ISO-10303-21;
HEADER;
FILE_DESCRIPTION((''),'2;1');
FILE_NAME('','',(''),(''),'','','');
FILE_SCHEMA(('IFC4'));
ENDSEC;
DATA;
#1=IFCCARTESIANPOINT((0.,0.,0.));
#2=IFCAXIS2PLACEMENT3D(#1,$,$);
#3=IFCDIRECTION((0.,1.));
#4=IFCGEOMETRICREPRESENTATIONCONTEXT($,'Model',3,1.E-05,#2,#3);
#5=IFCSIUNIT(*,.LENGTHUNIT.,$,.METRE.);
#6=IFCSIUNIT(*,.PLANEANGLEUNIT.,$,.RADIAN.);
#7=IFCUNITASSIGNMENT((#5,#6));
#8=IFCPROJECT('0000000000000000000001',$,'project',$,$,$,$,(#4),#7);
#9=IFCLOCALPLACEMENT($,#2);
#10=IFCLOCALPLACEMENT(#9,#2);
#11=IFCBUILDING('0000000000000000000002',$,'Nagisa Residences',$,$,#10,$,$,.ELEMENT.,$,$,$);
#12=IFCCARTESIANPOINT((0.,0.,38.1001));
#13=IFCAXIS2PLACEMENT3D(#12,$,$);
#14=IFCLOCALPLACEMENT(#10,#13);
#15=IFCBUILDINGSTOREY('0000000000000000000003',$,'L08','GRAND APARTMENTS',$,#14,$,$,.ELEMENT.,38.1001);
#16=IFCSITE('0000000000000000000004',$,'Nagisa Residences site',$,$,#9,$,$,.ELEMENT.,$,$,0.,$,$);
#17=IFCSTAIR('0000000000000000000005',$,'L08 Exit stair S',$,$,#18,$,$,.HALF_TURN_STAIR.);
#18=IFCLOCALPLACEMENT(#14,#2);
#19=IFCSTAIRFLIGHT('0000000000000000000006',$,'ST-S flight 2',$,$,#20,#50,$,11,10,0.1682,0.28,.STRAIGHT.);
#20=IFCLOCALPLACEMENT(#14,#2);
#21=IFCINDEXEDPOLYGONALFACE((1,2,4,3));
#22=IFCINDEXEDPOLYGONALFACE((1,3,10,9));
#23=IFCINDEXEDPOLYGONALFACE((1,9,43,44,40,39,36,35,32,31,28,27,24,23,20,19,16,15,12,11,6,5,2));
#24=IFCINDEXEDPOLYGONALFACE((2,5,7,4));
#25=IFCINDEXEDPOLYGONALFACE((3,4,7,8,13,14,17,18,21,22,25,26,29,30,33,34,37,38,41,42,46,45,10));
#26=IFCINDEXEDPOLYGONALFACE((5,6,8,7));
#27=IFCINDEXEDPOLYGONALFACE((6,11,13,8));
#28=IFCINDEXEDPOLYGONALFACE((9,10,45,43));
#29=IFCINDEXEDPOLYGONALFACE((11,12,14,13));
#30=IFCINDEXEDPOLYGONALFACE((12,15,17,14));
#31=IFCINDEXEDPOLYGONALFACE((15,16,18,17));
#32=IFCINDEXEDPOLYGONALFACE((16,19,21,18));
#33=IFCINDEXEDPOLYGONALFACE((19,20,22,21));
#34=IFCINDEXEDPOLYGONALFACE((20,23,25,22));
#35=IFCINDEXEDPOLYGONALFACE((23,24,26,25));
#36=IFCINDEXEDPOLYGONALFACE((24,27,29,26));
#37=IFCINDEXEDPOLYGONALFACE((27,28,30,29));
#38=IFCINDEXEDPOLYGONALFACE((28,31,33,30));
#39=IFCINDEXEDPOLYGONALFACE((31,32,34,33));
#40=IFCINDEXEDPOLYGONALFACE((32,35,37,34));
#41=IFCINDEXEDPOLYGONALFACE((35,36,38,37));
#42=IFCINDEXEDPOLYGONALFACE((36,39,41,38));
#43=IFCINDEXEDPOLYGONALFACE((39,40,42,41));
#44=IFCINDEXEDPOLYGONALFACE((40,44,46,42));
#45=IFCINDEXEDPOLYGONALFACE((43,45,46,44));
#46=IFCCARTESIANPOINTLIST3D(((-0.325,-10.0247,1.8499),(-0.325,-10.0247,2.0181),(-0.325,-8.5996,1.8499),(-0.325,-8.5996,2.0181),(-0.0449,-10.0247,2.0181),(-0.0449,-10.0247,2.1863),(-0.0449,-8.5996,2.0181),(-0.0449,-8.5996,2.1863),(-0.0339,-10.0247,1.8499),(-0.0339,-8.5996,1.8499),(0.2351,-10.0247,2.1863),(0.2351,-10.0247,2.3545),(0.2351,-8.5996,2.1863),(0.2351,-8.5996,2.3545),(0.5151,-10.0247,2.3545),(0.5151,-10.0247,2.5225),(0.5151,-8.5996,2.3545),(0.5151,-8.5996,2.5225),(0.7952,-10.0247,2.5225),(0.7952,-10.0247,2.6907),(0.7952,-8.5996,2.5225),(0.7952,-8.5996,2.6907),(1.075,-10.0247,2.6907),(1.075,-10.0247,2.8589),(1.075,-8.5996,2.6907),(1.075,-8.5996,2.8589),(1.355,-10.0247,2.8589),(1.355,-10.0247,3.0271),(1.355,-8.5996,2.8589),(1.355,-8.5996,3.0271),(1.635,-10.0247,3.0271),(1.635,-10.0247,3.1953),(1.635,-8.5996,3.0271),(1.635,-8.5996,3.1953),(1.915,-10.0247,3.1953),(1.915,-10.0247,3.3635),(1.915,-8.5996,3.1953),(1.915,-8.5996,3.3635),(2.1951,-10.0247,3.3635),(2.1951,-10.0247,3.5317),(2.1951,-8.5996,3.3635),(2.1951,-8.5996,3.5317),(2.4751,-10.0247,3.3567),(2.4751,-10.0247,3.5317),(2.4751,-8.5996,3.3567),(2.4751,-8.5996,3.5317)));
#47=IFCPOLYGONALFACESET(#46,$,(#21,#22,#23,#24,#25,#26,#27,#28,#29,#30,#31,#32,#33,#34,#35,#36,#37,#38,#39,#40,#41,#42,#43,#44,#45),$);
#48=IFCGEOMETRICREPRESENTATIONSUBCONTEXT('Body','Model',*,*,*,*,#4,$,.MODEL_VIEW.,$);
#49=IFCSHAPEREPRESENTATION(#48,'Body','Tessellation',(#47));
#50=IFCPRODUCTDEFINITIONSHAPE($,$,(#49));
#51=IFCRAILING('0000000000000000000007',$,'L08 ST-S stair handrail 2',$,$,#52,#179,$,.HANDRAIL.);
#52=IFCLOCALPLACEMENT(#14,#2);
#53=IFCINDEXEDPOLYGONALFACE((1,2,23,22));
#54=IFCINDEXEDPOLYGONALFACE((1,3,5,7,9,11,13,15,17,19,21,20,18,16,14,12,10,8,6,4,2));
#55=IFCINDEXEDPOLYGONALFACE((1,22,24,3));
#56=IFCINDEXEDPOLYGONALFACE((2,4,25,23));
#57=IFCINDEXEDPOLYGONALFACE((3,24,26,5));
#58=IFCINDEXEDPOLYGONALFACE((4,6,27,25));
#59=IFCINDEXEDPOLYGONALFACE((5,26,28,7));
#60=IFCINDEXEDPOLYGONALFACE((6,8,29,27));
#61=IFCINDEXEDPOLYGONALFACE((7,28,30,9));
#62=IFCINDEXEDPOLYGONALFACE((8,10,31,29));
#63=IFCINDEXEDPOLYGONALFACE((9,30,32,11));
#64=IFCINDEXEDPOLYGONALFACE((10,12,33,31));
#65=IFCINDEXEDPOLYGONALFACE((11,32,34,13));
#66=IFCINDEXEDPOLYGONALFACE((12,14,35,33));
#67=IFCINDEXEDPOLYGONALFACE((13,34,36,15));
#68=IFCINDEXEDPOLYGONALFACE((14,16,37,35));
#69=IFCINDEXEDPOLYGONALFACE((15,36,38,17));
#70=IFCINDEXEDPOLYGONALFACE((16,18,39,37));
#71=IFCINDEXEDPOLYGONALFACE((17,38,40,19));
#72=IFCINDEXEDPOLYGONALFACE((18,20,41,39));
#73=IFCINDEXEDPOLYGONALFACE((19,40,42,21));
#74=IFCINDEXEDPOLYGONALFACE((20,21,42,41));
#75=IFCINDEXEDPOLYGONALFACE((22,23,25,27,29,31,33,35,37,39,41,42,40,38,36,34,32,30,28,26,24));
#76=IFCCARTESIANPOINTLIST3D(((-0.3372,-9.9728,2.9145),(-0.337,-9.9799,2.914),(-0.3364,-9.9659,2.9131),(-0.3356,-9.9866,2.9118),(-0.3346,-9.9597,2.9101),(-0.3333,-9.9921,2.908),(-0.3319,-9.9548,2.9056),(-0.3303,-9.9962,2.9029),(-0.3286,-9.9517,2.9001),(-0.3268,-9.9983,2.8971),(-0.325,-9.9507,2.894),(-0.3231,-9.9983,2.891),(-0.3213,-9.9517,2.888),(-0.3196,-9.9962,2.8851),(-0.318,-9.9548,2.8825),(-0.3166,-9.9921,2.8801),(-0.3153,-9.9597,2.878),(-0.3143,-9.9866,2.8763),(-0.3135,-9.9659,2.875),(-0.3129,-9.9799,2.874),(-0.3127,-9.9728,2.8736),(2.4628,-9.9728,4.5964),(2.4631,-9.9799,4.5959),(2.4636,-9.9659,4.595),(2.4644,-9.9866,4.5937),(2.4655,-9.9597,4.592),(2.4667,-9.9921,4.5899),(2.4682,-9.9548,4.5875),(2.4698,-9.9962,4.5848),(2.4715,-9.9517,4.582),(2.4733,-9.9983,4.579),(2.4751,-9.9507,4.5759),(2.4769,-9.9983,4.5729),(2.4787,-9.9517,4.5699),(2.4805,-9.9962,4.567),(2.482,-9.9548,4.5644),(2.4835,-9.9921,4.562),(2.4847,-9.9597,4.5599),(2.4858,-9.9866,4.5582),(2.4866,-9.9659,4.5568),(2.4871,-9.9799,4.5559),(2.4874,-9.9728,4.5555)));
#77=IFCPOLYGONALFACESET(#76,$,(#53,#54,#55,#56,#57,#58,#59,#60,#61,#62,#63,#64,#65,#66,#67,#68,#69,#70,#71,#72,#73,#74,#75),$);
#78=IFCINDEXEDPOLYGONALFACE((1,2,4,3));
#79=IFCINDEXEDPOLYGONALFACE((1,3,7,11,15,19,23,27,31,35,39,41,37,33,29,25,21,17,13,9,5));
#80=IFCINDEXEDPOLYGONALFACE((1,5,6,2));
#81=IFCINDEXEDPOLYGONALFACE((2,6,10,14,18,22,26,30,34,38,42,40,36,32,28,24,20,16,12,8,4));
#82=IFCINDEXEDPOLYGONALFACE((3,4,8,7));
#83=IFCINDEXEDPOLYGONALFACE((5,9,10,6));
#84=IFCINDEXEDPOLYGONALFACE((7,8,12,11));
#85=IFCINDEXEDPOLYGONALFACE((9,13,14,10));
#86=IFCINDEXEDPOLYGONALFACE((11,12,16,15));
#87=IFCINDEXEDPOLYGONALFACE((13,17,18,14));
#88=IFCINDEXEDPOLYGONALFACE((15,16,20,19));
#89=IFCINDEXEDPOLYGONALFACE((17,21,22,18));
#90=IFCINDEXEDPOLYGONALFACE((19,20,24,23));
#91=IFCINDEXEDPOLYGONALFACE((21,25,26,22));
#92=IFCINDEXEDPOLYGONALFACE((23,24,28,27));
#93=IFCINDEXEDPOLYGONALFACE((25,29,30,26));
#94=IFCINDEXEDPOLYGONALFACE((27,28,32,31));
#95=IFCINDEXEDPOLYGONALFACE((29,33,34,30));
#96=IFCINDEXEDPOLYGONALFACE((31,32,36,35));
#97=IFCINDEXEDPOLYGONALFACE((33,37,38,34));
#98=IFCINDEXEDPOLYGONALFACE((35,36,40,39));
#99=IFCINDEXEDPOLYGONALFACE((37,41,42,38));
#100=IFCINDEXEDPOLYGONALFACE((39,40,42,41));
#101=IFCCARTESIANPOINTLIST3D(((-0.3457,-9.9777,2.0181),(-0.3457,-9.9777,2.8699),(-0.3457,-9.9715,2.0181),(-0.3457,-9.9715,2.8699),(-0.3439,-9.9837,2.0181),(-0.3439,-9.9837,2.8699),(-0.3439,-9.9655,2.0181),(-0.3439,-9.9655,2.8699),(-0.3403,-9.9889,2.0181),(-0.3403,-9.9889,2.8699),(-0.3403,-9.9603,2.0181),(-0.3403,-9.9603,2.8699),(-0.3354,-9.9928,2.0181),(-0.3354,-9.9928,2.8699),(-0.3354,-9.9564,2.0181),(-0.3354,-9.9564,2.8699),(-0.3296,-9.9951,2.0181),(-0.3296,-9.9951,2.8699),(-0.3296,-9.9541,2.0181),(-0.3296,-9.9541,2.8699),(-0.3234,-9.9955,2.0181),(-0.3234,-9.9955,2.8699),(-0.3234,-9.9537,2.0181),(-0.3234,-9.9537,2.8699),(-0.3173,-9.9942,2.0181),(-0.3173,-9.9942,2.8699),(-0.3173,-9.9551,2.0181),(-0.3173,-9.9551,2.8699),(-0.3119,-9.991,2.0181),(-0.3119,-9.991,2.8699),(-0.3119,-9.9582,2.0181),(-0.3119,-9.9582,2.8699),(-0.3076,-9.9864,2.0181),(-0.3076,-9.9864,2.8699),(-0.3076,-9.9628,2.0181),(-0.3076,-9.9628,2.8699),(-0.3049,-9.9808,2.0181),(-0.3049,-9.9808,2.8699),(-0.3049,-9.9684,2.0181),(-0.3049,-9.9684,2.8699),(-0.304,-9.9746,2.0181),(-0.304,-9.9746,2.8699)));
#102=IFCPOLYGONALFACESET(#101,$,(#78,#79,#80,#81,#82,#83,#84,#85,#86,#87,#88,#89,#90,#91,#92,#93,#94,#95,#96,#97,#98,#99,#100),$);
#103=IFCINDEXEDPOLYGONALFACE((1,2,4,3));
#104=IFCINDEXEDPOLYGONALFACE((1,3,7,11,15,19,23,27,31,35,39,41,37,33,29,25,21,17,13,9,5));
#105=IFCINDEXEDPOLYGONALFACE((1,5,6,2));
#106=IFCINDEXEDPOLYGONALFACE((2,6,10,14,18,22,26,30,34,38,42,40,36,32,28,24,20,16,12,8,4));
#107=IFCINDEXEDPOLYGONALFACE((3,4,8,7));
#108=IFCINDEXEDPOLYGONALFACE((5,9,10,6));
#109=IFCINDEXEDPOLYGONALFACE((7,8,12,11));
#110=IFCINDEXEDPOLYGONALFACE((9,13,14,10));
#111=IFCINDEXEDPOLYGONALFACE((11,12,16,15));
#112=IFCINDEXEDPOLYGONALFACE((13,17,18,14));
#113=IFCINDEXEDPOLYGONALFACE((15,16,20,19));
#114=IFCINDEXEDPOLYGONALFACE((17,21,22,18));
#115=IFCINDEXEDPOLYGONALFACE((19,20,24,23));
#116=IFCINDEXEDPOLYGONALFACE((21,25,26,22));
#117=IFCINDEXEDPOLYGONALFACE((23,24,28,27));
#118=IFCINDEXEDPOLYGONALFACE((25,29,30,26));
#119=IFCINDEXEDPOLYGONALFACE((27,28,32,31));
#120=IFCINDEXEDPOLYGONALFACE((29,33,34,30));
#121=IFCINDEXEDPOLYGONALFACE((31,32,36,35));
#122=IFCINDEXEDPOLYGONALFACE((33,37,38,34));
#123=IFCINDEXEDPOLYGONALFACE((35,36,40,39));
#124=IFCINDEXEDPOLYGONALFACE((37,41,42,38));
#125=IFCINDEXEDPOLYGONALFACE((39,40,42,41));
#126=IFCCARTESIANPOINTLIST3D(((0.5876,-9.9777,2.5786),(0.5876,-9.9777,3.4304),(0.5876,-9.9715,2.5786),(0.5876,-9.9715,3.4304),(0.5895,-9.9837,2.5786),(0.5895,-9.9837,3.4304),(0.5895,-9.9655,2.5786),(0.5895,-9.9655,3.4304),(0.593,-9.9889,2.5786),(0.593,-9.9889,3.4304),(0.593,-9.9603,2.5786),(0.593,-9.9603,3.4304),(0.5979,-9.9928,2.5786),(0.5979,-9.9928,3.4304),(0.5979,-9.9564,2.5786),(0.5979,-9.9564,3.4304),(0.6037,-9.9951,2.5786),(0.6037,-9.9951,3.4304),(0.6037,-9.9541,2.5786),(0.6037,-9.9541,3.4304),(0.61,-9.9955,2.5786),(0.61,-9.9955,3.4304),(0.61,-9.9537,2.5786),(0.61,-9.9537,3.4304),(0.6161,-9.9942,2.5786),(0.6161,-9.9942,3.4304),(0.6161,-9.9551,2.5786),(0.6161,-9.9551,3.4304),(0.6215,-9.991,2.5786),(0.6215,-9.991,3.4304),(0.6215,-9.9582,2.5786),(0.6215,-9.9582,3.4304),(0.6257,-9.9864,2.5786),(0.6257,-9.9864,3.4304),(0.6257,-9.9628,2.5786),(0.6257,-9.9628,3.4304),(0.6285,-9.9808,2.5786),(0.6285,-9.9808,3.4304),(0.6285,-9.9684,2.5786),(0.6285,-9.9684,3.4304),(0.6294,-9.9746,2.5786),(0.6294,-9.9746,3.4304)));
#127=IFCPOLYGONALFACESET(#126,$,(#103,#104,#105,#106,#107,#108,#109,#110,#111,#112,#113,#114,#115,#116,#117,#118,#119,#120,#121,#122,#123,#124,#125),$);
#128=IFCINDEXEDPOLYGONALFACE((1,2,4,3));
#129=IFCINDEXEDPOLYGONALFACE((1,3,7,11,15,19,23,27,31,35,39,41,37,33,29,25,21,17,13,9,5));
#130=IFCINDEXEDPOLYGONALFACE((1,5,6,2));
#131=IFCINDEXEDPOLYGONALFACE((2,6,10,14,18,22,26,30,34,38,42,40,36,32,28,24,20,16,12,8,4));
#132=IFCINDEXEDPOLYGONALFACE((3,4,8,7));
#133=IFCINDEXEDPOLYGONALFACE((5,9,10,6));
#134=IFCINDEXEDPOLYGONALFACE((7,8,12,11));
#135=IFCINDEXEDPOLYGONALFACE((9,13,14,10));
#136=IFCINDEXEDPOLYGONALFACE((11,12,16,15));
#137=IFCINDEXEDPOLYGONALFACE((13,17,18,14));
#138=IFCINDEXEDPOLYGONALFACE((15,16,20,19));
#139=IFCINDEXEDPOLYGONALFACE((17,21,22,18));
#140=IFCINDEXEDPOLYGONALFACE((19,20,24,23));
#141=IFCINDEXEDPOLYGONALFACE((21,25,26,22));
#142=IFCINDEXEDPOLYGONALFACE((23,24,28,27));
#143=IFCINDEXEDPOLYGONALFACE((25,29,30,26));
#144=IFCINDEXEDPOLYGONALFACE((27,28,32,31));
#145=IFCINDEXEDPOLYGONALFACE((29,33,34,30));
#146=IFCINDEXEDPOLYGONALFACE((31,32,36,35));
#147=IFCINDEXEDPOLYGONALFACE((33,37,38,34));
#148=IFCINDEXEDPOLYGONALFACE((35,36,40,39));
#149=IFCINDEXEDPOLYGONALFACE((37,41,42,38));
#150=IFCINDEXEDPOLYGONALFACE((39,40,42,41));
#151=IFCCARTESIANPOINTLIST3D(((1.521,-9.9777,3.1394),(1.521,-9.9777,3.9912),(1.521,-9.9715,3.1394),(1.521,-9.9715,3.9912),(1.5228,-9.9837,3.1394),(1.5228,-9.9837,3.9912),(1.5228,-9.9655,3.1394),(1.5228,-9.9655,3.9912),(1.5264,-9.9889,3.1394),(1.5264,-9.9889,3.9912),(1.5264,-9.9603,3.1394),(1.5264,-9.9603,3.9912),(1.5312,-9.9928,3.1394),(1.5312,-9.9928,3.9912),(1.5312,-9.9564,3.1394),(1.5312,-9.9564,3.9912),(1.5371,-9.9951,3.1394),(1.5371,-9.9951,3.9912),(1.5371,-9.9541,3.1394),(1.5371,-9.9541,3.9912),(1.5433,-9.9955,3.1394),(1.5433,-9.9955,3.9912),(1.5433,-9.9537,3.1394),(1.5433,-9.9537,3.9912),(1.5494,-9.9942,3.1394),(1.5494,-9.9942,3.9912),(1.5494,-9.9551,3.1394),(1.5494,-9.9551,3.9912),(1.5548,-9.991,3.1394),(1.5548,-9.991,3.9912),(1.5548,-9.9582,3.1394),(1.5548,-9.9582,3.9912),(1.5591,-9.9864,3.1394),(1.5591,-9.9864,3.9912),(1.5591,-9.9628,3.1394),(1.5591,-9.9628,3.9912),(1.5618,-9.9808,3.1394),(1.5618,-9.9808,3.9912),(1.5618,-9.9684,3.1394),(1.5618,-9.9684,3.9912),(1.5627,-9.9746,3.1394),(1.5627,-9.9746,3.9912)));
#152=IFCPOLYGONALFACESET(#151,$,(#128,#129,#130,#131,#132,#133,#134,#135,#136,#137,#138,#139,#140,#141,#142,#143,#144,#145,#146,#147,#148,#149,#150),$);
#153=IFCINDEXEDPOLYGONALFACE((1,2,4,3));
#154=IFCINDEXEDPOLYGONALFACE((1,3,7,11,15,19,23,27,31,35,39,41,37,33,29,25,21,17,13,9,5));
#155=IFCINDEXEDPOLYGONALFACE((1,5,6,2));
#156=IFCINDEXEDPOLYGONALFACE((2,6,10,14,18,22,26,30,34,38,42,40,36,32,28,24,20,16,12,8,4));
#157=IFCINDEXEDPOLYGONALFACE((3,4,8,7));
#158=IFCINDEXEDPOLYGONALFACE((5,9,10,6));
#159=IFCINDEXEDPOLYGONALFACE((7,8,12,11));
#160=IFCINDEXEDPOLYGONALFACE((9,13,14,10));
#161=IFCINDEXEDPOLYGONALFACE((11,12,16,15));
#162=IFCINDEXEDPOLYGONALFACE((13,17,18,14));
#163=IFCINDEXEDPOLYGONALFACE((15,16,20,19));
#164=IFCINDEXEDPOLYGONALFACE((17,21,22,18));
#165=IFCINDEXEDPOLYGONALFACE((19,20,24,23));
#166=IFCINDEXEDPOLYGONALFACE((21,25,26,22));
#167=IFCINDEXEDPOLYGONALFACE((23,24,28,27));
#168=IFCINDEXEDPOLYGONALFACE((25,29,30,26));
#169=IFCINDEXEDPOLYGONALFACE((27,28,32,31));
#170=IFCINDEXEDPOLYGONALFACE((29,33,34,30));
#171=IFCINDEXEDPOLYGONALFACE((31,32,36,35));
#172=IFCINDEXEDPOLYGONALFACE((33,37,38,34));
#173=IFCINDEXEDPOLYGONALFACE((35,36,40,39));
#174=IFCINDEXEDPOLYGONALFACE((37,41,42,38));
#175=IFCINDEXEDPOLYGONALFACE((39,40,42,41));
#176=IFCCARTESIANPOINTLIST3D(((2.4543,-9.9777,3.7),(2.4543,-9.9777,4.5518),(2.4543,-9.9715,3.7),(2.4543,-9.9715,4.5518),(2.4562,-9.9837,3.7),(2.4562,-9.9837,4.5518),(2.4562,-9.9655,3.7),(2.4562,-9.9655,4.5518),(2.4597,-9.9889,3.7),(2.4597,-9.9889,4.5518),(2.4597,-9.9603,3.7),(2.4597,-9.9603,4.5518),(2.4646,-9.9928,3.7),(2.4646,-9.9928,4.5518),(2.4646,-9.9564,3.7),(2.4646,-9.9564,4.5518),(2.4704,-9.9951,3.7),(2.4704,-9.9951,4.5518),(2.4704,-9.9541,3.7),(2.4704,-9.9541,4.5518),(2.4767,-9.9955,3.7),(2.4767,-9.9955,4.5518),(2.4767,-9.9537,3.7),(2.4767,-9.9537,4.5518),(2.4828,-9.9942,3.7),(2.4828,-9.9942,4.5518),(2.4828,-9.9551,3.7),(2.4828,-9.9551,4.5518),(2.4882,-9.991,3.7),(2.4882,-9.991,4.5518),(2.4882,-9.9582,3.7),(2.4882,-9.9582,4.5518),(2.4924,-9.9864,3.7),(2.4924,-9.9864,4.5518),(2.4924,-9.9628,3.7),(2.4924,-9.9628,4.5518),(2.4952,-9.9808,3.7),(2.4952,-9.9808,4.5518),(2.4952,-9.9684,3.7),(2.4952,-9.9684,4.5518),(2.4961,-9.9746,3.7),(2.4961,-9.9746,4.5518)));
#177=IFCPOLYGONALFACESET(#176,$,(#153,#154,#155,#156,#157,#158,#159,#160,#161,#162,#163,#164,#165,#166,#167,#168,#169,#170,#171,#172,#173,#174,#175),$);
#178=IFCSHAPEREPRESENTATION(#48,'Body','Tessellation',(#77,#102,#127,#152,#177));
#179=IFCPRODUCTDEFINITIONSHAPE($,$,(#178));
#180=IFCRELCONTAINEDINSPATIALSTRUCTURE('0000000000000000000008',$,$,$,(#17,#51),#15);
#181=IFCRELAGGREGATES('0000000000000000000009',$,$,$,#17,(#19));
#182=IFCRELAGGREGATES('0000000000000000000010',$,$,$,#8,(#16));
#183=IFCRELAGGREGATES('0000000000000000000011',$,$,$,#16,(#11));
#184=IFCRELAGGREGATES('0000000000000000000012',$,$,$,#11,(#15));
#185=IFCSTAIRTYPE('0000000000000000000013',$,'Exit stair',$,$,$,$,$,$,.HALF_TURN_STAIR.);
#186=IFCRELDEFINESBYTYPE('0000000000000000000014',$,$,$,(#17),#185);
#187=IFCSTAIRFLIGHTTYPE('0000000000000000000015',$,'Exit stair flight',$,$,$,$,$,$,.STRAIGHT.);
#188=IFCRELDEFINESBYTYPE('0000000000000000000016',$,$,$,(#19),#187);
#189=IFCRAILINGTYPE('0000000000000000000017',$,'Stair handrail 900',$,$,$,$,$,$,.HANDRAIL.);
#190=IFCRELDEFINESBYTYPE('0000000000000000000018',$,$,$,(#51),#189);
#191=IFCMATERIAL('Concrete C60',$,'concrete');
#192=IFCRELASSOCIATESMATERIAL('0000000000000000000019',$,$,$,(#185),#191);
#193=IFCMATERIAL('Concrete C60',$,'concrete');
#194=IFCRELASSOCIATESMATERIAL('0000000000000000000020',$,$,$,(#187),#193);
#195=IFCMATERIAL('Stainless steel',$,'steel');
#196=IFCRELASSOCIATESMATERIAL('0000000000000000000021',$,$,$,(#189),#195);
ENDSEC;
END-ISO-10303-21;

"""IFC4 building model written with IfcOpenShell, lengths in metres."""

from ifc_helpers import new_model, si_unit, direction, frame, origin, origin_2d, place, context, subcontext, project, spatial, polyline, circle, outline, extrude, material, type_object, element, aggregate, save


model = new_model("IFC4")

# Units and contexts
model_context = context("Model", 3, precision=1e-05, world=origin(), true_north=direction((0.0, 1.0)))
body_context = subcontext(model_context, "Body", "Model", "MODEL_VIEW")
ifc_project = project(units=[si_unit("LENGTHUNIT", "METRE"), si_unit("PLANEANGLEUNIT", "RADIAN")], contexts=[model_context])

# Site, building, storey
site_placement = place(None, origin())
site = spatial("IfcSite", under=ifc_project, at=site_placement, Name="Nagisa Residences site", CompositionType="ELEMENT", RefElevation=0.0)
building_placement = place(site_placement, origin())
building = spatial("IfcBuilding", under=site, at=building_placement, Name="Nagisa Residences", CompositionType="ELEMENT")
storey_placement = place(building_placement, frame((0.0, 0.0, 38.1001)))
storey = spatial("IfcBuildingStorey", under=building, at=storey_placement, Name="L08", Description="GRAND APARTMENTS", CompositionType="ELEMENT", Elevation=38.1001)

# Stair, stair flight
ifc_material_1 = material(Name="Concrete C60", Category="concrete")
stair_type = type_object("IfcStairType", Name="Exit stair", PredefinedType="HALF_TURN_STAIR", material=ifc_material_1)
stair_placement = place(storey_placement, origin())
stair = element("IfcStair", 1, at=stair_placement, inside=storey, type_object=stair_type, Name="L08 Exit stair S", PredefinedType="HALF_TURN_STAIR")
ifc_material_2 = material(Name="Concrete C60", Category="concrete")
stair_flight_type = type_object("IfcStairFlightType", Name="Exit stair flight", PredefinedType="STRAIGHT", material=ifc_material_2)
stair_flight_placement = place(storey_placement, frame((-0.325, -9.312, 1.8499), z_axis=(0.0, 0.0, 1.0), x_axis=(1.0, 0.0, 0.0)))
stair_flight = element("IfcStairFlight", 2, at=stair_flight_placement, type_object=stair_flight_type, Name="ST-S flight 2", NumberOfRisers=11, NumberOfTreads=10, PredefinedType="STRAIGHT", RiserHeight=0.1682, TreadLength=0.28, context=body_context, shape_type="SweptSolid", body=[
    extrude(outline(polyline([(0.0, 0.0), (0.0, 0.1682), (0.28, 0.1682), (0.28, 0.3364), (0.5601, 0.3364), (0.5601, 0.5046), (0.8401, 0.5046), (0.8401, 0.6726), (1.1201, 0.6726), (1.1201, 0.8408), (1.3999, 0.8408), (1.3999, 1.009), (1.6799, 1.009), (1.6799, 1.1772), (1.96, 1.1772), (1.96, 1.3455), (2.24, 1.3455), (2.24, 1.5137), (2.52, 1.5137), (2.52, 1.6819), (2.8, 1.6819), (2.8, 1.8501), (2.8, 1.5068), (0.291, 0.0), (0.0, 0.0)])), frame((0.0, 0.7124, 0.0), z_axis=(0.0, -1.0, 0.0), x_axis=(1.0, 0.0, 0.0)), (0.0, 0.0, 1.0), 1.425),
])
aggregate(stair, [stair_flight])

# Railing
ifc_material_3 = material(Name="Stainless steel", Category="steel")
railing_type = type_object("IfcRailingType", Name="Stair handrail 900", PredefinedType="HANDRAIL", material=ifc_material_3)
railing_placement = place(storey_placement, frame((-0.325, -9.9746, 2.0181)))
element("IfcRailing", 3, at=railing_placement, inside=storey, type_object=railing_type, Name="L08 ST-S stair handrail 2", PredefinedType="HANDRAIL", context=body_context, shape_type="SweptSolid", body=[
    extrude(circle(Radius=0.0239, at=origin_2d()), frame((0.0, 0.0, 0.876), z_axis=(0.857242, 0.0, 0.514913), x_axis=(0.0, 1.0, 0.0)), (0.0, 0.0, 1.0), 3.2664),
    extrude(circle(Radius=0.021, at=origin_2d()), origin(), (0.0, 0.0, 1.0), 0.8518),
    extrude(circle(Radius=0.021, at=origin_2d()), frame((0.9333, 0.0, 0.5605)), (0.0, 0.0, 1.0), 0.8518),
    extrude(circle(Radius=0.021, at=origin_2d()), frame((1.8667, 0.0, 1.1213)), (0.0, 0.0, 1.0), 0.8518),
    extrude(circle(Radius=0.021, at=origin_2d()), frame((2.8, 0.0, 1.6819)), (0.0, 0.0, 1.0), 0.8518),
])

save(model, "model.ifc")
